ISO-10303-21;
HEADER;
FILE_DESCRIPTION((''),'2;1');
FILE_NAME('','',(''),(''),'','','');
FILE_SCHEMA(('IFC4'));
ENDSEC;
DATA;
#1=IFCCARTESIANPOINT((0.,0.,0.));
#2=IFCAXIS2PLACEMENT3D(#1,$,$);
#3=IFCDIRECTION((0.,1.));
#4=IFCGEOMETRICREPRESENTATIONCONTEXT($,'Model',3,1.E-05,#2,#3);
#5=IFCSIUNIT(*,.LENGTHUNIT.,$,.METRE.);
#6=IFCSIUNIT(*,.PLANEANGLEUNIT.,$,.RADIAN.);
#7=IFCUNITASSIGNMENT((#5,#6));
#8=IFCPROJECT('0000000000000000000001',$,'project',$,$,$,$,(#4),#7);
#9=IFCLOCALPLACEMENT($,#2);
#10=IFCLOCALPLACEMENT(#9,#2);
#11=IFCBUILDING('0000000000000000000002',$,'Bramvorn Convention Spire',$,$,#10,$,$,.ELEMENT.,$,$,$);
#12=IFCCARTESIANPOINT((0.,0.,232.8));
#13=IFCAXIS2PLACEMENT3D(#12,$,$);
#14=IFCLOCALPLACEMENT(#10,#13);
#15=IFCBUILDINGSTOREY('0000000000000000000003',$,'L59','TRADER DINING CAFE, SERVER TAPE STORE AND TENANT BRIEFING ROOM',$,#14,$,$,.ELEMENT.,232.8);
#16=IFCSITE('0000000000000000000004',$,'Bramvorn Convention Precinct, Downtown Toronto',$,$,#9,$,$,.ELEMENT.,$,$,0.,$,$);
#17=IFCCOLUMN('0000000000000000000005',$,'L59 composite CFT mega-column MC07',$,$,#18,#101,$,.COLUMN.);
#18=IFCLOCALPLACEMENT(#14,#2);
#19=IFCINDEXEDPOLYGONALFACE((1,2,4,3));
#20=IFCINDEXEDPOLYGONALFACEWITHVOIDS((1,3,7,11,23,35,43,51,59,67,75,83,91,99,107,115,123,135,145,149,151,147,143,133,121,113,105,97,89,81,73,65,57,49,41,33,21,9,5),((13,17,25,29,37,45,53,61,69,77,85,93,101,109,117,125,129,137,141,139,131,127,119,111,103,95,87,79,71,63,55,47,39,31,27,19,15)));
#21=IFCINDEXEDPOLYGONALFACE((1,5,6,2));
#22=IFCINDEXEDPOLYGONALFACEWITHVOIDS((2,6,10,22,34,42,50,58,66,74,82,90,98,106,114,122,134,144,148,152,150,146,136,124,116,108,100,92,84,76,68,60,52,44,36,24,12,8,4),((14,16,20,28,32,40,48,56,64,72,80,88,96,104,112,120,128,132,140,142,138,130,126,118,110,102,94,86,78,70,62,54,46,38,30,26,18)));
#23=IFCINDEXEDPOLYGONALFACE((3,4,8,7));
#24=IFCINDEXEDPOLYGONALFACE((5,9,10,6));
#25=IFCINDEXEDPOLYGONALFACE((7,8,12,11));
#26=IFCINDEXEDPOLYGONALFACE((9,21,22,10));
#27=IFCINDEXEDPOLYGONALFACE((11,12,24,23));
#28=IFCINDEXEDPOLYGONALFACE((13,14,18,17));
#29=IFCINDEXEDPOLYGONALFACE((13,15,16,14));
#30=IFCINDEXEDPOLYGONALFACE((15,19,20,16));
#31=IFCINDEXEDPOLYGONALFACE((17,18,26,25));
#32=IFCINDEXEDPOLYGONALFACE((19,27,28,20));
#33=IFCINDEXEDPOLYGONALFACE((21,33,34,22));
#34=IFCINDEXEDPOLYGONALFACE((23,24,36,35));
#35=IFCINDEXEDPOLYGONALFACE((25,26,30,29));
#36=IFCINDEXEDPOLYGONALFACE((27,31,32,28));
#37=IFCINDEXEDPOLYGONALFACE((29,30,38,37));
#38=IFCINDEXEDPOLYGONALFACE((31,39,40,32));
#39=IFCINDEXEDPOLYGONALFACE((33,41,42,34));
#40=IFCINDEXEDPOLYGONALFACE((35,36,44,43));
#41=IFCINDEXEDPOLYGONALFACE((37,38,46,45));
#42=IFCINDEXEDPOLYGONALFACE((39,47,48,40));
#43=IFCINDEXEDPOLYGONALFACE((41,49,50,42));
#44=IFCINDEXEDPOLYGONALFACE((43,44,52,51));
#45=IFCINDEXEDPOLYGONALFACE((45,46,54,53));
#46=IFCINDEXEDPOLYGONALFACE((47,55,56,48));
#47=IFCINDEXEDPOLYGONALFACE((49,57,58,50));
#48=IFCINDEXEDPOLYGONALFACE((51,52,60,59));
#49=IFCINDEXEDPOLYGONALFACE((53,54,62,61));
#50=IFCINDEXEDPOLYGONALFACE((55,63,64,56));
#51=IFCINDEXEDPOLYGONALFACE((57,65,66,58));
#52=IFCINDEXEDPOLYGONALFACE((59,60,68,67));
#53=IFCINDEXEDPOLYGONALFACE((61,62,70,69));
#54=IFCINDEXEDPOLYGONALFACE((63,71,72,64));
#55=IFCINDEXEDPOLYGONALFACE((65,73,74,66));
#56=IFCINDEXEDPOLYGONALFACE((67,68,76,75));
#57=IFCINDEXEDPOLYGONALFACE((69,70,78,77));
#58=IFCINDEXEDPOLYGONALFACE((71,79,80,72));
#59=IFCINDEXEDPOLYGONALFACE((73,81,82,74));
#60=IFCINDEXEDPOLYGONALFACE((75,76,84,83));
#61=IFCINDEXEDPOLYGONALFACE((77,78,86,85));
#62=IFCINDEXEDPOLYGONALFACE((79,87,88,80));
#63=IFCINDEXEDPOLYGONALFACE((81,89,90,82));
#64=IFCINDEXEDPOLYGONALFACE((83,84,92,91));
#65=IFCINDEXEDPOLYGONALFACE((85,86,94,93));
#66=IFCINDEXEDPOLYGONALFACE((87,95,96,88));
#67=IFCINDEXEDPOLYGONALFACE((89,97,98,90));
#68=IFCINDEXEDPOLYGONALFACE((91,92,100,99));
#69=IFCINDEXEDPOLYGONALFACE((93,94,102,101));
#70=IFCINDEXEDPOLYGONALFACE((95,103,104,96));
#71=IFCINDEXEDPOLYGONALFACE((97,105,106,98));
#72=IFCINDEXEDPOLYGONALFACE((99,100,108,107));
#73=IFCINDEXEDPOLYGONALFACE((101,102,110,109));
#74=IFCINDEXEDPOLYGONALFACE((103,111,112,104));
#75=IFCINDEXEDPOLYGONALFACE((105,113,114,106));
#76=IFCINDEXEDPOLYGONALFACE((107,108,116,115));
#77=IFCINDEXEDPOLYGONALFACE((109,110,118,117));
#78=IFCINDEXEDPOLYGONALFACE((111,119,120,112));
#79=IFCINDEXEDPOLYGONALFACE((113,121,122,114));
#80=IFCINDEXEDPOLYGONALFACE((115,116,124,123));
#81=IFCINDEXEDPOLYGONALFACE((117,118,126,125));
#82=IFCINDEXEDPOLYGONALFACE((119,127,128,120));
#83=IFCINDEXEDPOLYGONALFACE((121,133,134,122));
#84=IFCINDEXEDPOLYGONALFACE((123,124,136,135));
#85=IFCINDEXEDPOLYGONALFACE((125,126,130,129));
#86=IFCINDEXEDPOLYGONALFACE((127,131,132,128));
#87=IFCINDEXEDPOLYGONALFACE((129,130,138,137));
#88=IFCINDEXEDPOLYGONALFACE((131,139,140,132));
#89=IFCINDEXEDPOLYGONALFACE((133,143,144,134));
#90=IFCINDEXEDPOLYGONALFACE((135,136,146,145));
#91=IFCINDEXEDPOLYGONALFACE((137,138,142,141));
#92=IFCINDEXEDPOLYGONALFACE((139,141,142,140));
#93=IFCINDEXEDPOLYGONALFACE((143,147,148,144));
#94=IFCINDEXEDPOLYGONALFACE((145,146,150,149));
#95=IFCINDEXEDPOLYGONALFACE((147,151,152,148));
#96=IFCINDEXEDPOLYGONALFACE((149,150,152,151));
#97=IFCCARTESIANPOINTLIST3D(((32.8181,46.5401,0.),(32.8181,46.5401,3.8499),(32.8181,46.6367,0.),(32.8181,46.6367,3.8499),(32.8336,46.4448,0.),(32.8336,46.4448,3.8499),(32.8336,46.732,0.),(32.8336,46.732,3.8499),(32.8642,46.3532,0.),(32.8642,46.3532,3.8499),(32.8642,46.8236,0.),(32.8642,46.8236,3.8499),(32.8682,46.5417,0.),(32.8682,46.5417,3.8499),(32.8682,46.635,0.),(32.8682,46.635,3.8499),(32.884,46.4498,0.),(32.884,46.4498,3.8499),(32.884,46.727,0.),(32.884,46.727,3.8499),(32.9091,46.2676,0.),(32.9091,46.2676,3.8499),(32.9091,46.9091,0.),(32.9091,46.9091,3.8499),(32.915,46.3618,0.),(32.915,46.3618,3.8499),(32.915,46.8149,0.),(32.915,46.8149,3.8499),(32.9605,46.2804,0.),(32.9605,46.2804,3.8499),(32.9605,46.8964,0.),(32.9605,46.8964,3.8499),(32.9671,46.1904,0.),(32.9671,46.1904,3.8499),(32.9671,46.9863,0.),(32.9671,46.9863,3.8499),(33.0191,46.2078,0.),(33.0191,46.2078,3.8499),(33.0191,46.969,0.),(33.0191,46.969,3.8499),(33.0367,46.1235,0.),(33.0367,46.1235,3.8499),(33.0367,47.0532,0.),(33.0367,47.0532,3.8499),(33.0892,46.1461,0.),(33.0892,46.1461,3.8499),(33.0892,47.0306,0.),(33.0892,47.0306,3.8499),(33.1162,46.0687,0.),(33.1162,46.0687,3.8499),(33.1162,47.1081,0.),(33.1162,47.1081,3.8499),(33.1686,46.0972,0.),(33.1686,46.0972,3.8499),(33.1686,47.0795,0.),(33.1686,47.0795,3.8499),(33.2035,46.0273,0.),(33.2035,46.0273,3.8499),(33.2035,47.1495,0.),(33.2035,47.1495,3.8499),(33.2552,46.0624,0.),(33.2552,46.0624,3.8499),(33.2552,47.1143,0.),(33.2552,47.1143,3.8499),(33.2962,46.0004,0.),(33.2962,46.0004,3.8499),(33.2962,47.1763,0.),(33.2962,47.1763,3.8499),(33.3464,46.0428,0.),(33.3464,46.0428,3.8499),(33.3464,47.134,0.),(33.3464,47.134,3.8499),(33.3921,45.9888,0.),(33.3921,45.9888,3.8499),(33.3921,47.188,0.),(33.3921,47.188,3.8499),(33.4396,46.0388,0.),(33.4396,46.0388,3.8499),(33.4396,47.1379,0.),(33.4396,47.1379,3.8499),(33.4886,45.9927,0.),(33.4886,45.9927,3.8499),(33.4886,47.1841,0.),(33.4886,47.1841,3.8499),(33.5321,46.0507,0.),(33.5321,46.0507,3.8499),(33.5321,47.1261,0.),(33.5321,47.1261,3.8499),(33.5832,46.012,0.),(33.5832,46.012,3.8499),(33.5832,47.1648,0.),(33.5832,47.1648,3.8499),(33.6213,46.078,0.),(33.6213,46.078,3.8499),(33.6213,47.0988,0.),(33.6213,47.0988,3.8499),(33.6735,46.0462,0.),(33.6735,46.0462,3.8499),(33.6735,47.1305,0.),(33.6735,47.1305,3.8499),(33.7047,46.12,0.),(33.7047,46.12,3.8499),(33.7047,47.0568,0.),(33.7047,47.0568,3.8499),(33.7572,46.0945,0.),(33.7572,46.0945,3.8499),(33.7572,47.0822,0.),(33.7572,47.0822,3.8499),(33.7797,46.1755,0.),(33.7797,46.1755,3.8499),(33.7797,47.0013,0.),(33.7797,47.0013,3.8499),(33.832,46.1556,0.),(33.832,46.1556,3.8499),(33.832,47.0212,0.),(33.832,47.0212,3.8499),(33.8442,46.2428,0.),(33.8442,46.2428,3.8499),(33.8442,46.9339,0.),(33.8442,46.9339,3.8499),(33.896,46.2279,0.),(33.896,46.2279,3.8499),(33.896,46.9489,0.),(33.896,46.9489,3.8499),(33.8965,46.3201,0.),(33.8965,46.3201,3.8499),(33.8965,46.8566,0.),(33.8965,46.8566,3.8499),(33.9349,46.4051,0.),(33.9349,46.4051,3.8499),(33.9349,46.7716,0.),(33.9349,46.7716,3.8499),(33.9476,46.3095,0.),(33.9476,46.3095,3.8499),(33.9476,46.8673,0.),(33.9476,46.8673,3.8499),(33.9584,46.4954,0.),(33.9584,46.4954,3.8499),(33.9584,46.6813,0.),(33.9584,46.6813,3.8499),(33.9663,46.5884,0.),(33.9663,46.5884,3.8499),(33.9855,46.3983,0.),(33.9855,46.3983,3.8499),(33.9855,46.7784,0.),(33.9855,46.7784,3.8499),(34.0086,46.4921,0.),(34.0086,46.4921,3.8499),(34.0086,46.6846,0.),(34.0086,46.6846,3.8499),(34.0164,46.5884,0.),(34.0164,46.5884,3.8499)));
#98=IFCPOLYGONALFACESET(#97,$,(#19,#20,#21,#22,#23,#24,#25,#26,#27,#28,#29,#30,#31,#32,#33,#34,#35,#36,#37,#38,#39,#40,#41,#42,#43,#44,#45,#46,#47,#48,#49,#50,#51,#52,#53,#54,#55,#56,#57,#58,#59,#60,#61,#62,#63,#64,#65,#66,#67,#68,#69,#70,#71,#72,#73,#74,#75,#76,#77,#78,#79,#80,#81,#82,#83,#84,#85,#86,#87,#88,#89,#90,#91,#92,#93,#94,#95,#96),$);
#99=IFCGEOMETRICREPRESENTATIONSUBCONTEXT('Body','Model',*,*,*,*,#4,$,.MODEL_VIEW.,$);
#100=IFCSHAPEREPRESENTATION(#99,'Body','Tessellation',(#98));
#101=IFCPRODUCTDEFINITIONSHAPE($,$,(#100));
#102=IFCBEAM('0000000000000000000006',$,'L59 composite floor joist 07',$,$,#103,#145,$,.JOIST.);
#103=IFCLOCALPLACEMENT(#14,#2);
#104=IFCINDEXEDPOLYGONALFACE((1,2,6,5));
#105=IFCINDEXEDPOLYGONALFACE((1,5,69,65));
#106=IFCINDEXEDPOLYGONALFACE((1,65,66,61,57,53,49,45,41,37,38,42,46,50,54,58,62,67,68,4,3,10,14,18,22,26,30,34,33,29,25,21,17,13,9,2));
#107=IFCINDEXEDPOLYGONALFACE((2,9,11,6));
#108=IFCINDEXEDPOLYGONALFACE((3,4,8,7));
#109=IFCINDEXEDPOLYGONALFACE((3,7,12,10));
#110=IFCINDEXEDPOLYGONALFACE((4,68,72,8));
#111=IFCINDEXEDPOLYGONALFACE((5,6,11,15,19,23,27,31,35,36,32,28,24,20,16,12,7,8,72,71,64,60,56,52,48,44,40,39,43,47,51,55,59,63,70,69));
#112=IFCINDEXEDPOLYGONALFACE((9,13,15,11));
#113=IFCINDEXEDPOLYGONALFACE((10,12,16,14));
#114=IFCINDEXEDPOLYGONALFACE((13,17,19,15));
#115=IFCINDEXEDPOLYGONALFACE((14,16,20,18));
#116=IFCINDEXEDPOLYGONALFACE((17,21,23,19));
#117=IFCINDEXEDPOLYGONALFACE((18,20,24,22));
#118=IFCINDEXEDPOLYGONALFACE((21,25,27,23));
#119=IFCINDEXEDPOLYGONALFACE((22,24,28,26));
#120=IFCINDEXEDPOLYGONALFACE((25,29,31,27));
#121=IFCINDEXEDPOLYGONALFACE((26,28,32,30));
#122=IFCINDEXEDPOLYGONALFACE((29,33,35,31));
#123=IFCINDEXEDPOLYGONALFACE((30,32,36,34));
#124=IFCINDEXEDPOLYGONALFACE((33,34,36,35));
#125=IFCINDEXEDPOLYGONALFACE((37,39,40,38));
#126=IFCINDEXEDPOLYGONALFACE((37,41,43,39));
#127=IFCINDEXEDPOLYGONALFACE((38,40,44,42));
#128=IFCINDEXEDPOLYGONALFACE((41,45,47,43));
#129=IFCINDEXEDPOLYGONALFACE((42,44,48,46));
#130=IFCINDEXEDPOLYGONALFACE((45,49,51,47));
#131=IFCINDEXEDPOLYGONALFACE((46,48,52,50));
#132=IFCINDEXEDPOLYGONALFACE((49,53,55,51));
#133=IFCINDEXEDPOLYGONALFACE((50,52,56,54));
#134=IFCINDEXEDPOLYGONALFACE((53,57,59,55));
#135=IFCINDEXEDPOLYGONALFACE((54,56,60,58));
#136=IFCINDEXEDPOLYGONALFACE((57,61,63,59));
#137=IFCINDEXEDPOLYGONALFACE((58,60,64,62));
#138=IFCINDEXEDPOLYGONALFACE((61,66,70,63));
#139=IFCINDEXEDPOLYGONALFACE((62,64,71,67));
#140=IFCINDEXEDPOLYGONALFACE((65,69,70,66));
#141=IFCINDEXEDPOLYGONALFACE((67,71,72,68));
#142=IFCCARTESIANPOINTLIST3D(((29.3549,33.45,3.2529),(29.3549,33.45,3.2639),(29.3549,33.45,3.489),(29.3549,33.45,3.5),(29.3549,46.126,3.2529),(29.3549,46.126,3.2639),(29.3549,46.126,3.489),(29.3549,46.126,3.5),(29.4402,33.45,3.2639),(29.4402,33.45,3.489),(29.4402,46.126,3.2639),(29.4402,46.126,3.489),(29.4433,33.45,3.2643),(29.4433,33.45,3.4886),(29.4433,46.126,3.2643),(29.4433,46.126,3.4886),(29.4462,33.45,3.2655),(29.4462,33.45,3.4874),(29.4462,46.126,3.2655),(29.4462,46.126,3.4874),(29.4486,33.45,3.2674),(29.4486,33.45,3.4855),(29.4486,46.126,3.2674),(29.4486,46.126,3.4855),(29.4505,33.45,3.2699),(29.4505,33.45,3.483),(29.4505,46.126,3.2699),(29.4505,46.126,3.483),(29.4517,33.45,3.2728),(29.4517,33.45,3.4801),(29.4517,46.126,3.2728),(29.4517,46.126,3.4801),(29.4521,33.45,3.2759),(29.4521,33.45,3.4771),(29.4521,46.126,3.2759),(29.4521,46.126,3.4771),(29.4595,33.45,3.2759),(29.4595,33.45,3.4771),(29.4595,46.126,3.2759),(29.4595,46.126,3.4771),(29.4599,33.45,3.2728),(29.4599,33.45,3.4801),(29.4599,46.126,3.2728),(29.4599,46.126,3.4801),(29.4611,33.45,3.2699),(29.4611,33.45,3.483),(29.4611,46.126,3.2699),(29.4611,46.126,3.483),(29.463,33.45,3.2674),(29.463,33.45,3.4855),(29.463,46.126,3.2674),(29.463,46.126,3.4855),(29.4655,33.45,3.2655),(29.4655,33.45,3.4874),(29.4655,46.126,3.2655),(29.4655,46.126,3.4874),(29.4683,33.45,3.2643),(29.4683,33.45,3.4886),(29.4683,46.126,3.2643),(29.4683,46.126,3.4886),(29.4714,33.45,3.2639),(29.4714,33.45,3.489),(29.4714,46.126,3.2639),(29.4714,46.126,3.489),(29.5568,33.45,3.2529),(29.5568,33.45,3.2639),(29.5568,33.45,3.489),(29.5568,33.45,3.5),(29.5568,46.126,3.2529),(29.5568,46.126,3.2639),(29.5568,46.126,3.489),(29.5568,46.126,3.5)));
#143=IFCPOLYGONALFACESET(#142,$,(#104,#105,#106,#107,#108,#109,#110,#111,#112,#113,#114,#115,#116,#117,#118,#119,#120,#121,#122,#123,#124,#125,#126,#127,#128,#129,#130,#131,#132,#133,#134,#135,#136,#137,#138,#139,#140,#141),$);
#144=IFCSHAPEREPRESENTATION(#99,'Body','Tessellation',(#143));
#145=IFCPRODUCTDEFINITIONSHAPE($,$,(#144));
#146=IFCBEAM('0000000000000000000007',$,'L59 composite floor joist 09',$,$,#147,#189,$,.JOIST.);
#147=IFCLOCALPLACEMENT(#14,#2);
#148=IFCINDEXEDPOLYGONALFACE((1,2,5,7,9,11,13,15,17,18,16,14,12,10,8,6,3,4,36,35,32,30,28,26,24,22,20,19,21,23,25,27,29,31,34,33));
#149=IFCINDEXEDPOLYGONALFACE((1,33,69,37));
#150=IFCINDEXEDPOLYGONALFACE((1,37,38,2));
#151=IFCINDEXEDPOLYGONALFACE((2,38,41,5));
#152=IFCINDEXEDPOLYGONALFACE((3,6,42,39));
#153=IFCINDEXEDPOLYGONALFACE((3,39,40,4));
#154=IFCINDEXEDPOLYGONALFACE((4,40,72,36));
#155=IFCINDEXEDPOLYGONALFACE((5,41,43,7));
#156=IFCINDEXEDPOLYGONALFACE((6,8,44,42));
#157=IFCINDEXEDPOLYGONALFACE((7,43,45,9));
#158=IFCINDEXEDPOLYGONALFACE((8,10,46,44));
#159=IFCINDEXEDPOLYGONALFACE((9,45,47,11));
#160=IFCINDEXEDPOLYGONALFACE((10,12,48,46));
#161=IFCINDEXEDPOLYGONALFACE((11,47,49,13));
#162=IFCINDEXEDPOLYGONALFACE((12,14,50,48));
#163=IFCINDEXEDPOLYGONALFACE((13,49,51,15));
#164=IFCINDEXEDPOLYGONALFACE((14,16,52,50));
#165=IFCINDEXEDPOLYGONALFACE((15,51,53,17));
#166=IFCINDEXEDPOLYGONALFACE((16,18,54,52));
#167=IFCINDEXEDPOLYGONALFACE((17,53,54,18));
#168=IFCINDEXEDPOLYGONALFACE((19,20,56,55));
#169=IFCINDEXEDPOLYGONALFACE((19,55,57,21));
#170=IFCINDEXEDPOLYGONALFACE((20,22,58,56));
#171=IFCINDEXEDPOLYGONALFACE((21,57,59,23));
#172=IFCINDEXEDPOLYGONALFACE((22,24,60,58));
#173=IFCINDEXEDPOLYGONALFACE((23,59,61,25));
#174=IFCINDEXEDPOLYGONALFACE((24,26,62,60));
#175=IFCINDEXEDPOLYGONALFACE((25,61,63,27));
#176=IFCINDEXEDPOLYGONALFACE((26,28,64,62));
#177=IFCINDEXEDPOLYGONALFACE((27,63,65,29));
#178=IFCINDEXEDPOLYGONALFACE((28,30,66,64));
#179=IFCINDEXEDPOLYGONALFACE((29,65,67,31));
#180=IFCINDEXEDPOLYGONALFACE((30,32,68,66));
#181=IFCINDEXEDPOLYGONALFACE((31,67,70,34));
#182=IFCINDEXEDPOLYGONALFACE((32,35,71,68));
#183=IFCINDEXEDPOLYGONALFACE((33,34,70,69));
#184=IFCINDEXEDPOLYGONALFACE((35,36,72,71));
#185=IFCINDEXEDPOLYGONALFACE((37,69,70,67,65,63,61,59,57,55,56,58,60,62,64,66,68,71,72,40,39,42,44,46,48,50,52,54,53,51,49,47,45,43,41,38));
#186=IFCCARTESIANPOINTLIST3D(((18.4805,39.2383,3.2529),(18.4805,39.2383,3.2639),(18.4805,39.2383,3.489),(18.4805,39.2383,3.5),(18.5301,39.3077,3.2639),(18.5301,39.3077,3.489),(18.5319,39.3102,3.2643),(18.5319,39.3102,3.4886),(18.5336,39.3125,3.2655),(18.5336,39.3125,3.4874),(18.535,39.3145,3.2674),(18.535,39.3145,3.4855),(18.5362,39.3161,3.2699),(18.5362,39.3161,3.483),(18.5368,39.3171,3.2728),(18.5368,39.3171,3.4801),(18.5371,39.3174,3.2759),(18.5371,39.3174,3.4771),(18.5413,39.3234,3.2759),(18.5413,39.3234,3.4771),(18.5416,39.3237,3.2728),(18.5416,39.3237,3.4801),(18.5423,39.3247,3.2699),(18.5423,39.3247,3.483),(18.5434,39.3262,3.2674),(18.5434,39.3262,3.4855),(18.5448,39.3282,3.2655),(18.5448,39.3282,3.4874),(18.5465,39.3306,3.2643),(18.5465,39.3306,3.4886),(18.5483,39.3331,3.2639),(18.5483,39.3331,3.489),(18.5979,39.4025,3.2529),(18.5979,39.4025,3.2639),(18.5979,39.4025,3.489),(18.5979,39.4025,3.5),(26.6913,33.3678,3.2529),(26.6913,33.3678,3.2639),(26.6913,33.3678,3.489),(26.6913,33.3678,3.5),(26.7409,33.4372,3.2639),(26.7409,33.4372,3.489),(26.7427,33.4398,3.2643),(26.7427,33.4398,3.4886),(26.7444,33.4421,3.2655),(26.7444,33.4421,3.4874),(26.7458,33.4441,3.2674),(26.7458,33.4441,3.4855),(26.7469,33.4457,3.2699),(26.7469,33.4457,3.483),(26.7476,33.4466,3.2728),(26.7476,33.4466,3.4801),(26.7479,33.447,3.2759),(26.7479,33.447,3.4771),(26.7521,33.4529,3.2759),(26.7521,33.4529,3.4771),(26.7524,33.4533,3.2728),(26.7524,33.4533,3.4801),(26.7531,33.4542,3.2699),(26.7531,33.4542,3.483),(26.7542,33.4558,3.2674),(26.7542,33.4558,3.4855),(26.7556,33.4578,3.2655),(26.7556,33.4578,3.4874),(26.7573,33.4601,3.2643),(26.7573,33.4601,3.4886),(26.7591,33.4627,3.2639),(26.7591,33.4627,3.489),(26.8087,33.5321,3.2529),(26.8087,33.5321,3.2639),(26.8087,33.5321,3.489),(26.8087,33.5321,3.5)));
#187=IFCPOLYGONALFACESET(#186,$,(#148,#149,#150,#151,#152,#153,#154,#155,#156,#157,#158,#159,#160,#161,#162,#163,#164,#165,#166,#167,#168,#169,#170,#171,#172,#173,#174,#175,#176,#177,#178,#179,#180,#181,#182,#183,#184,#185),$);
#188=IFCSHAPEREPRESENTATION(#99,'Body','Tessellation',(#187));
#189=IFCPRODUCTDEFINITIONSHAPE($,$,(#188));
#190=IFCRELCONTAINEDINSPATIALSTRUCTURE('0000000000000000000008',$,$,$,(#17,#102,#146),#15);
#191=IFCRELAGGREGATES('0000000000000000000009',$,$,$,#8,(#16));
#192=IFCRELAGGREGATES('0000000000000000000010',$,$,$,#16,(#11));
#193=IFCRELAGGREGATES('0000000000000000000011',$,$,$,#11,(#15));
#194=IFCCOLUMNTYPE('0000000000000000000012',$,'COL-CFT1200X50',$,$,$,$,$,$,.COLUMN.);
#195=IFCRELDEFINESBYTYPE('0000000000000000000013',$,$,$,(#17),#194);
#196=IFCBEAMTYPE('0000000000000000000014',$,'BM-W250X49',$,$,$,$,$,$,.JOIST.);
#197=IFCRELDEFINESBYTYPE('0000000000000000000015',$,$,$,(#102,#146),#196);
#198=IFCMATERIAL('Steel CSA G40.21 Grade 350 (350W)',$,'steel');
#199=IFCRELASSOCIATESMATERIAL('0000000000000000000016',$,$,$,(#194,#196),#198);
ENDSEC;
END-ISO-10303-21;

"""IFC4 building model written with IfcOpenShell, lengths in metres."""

from ifc_helpers import new_model, si_unit, direction, frame, origin, origin_2d, place, context, subcontext, project, spatial, hollow_circle, i_section, extrude, material, material_profile, profile_set, type_object, element, save


model = new_model("IFC4")

# Units and contexts
model_context = context("Model", 3, precision=1e-05, world=origin(), true_north=direction((0.0, 1.0)))
body_context = subcontext(model_context, "Body", "Model", "MODEL_VIEW")
ifc_project = project(units=[si_unit("LENGTHUNIT", "METRE"), si_unit("PLANEANGLEUNIT", "RADIAN")], contexts=[model_context])

# Site, building, storey
site_placement = place(None, origin())
site = spatial("IfcSite", under=ifc_project, at=site_placement, Name="Bramvorn Convention Precinct, Downtown Toronto", CompositionType="ELEMENT", RefElevation=0.0)
building_placement = place(site_placement, origin())
building = spatial("IfcBuilding", under=site, at=building_placement, Name="Bramvorn Convention Spire", CompositionType="ELEMENT")
storey_placement = place(building_placement, frame((0.0, 0.0, 232.8)))
storey = spatial("IfcBuildingStorey", under=building, at=storey_placement, Name="L59", Description="TRADER DINING CAFE, SERVER TAPE STORE AND TENANT BRIEFING ROOM", CompositionType="ELEMENT", Elevation=232.8)

# Column
ifc_material_1 = material(Name="Steel CSA G40.21 Grade 350 (350W)", Category="steel")
ifc_material_profile_1 = material_profile(ifc_material_1, hollow_circle(Radius=0.6001, WallThickness=0.05, at=origin_2d()))
ifc_profile_set_1 = profile_set([ifc_material_profile_1], Name="Steel CSA G40.21 Grade 350 (350W) - CFT1200X50")
column_type = type_object("IfcColumnType", Name="COL-CFT1200X50", PredefinedType="COLUMN", material=ifc_profile_set_1)
column_placement = place(storey_placement, frame((33.4163, 46.5884, 0.0), z_axis=(0.0, 0.0, 1.0), x_axis=(1.0, 0.0, 0.0)))
element("IfcColumn", 1, at=column_placement, inside=storey, type_object=column_type, Name="L59 composite CFT mega-column MC07", PredefinedType="COLUMN", context=body_context, shape_type="SweptSolid", body=[
    extrude(hollow_circle(Radius=0.6001, WallThickness=0.05, at=origin_2d()), origin(), (0.0, 0.0, 1.0), 3.8499),
])

# Beams
ifc_material_profile_2 = material_profile(ifc_material_1, i_section(OverallWidth=0.2019, OverallDepth=0.2471, WebThickness=0.0073, FlangeThickness=0.011, FilletRadius=0.012, at=origin_2d()))
ifc_profile_set_2 = profile_set([ifc_material_profile_2], Name="Steel CSA G40.21 Grade 350 (350W) - W250X49")
beam_type_1 = type_object("IfcBeamType", Name="BM-W250X49", PredefinedType="JOIST", material=ifc_profile_set_2)
beam_1_placement = place(storey_placement, frame((29.4558, 33.45, 3.3765), z_axis=(0.0, 1.0, 0.0), x_axis=(-1.0, 0.0, 0.0)))
element("IfcBeam", 2, at=beam_1_placement, inside=storey, type_object=beam_type_1, Name="L59 composite floor joist 07", PredefinedType="JOIST", context=body_context, shape_type="SweptSolid", body=[
    extrude(i_section(OverallWidth=0.2019, OverallDepth=0.2471, WebThickness=0.0073, FlangeThickness=0.011, FilletRadius=0.012, at=origin_2d()), origin(), (0.0, 0.0, 1.0), 12.676),
])
beam_2_placement = place(storey_placement, frame((26.75, 33.45, 3.3765), z_axis=(-0.813472, 0.581604, 0.0), x_axis=(-0.581604, -0.813472, 0.0)))
element("IfcBeam", 3, at=beam_2_placement, inside=storey, type_object=beam_type_1, Name="L59 composite floor joist 09", PredefinedType="JOIST", context=body_context, shape_type="SweptSolid", body=[
    extrude(i_section(OverallWidth=0.2019, OverallDepth=0.2471, WebThickness=0.0073, FlangeThickness=0.011, FilletRadius=0.012, at=origin_2d()), origin(), (0.0, 0.0, 1.0), 10.0935),
])

save(model, "model.ifc")
